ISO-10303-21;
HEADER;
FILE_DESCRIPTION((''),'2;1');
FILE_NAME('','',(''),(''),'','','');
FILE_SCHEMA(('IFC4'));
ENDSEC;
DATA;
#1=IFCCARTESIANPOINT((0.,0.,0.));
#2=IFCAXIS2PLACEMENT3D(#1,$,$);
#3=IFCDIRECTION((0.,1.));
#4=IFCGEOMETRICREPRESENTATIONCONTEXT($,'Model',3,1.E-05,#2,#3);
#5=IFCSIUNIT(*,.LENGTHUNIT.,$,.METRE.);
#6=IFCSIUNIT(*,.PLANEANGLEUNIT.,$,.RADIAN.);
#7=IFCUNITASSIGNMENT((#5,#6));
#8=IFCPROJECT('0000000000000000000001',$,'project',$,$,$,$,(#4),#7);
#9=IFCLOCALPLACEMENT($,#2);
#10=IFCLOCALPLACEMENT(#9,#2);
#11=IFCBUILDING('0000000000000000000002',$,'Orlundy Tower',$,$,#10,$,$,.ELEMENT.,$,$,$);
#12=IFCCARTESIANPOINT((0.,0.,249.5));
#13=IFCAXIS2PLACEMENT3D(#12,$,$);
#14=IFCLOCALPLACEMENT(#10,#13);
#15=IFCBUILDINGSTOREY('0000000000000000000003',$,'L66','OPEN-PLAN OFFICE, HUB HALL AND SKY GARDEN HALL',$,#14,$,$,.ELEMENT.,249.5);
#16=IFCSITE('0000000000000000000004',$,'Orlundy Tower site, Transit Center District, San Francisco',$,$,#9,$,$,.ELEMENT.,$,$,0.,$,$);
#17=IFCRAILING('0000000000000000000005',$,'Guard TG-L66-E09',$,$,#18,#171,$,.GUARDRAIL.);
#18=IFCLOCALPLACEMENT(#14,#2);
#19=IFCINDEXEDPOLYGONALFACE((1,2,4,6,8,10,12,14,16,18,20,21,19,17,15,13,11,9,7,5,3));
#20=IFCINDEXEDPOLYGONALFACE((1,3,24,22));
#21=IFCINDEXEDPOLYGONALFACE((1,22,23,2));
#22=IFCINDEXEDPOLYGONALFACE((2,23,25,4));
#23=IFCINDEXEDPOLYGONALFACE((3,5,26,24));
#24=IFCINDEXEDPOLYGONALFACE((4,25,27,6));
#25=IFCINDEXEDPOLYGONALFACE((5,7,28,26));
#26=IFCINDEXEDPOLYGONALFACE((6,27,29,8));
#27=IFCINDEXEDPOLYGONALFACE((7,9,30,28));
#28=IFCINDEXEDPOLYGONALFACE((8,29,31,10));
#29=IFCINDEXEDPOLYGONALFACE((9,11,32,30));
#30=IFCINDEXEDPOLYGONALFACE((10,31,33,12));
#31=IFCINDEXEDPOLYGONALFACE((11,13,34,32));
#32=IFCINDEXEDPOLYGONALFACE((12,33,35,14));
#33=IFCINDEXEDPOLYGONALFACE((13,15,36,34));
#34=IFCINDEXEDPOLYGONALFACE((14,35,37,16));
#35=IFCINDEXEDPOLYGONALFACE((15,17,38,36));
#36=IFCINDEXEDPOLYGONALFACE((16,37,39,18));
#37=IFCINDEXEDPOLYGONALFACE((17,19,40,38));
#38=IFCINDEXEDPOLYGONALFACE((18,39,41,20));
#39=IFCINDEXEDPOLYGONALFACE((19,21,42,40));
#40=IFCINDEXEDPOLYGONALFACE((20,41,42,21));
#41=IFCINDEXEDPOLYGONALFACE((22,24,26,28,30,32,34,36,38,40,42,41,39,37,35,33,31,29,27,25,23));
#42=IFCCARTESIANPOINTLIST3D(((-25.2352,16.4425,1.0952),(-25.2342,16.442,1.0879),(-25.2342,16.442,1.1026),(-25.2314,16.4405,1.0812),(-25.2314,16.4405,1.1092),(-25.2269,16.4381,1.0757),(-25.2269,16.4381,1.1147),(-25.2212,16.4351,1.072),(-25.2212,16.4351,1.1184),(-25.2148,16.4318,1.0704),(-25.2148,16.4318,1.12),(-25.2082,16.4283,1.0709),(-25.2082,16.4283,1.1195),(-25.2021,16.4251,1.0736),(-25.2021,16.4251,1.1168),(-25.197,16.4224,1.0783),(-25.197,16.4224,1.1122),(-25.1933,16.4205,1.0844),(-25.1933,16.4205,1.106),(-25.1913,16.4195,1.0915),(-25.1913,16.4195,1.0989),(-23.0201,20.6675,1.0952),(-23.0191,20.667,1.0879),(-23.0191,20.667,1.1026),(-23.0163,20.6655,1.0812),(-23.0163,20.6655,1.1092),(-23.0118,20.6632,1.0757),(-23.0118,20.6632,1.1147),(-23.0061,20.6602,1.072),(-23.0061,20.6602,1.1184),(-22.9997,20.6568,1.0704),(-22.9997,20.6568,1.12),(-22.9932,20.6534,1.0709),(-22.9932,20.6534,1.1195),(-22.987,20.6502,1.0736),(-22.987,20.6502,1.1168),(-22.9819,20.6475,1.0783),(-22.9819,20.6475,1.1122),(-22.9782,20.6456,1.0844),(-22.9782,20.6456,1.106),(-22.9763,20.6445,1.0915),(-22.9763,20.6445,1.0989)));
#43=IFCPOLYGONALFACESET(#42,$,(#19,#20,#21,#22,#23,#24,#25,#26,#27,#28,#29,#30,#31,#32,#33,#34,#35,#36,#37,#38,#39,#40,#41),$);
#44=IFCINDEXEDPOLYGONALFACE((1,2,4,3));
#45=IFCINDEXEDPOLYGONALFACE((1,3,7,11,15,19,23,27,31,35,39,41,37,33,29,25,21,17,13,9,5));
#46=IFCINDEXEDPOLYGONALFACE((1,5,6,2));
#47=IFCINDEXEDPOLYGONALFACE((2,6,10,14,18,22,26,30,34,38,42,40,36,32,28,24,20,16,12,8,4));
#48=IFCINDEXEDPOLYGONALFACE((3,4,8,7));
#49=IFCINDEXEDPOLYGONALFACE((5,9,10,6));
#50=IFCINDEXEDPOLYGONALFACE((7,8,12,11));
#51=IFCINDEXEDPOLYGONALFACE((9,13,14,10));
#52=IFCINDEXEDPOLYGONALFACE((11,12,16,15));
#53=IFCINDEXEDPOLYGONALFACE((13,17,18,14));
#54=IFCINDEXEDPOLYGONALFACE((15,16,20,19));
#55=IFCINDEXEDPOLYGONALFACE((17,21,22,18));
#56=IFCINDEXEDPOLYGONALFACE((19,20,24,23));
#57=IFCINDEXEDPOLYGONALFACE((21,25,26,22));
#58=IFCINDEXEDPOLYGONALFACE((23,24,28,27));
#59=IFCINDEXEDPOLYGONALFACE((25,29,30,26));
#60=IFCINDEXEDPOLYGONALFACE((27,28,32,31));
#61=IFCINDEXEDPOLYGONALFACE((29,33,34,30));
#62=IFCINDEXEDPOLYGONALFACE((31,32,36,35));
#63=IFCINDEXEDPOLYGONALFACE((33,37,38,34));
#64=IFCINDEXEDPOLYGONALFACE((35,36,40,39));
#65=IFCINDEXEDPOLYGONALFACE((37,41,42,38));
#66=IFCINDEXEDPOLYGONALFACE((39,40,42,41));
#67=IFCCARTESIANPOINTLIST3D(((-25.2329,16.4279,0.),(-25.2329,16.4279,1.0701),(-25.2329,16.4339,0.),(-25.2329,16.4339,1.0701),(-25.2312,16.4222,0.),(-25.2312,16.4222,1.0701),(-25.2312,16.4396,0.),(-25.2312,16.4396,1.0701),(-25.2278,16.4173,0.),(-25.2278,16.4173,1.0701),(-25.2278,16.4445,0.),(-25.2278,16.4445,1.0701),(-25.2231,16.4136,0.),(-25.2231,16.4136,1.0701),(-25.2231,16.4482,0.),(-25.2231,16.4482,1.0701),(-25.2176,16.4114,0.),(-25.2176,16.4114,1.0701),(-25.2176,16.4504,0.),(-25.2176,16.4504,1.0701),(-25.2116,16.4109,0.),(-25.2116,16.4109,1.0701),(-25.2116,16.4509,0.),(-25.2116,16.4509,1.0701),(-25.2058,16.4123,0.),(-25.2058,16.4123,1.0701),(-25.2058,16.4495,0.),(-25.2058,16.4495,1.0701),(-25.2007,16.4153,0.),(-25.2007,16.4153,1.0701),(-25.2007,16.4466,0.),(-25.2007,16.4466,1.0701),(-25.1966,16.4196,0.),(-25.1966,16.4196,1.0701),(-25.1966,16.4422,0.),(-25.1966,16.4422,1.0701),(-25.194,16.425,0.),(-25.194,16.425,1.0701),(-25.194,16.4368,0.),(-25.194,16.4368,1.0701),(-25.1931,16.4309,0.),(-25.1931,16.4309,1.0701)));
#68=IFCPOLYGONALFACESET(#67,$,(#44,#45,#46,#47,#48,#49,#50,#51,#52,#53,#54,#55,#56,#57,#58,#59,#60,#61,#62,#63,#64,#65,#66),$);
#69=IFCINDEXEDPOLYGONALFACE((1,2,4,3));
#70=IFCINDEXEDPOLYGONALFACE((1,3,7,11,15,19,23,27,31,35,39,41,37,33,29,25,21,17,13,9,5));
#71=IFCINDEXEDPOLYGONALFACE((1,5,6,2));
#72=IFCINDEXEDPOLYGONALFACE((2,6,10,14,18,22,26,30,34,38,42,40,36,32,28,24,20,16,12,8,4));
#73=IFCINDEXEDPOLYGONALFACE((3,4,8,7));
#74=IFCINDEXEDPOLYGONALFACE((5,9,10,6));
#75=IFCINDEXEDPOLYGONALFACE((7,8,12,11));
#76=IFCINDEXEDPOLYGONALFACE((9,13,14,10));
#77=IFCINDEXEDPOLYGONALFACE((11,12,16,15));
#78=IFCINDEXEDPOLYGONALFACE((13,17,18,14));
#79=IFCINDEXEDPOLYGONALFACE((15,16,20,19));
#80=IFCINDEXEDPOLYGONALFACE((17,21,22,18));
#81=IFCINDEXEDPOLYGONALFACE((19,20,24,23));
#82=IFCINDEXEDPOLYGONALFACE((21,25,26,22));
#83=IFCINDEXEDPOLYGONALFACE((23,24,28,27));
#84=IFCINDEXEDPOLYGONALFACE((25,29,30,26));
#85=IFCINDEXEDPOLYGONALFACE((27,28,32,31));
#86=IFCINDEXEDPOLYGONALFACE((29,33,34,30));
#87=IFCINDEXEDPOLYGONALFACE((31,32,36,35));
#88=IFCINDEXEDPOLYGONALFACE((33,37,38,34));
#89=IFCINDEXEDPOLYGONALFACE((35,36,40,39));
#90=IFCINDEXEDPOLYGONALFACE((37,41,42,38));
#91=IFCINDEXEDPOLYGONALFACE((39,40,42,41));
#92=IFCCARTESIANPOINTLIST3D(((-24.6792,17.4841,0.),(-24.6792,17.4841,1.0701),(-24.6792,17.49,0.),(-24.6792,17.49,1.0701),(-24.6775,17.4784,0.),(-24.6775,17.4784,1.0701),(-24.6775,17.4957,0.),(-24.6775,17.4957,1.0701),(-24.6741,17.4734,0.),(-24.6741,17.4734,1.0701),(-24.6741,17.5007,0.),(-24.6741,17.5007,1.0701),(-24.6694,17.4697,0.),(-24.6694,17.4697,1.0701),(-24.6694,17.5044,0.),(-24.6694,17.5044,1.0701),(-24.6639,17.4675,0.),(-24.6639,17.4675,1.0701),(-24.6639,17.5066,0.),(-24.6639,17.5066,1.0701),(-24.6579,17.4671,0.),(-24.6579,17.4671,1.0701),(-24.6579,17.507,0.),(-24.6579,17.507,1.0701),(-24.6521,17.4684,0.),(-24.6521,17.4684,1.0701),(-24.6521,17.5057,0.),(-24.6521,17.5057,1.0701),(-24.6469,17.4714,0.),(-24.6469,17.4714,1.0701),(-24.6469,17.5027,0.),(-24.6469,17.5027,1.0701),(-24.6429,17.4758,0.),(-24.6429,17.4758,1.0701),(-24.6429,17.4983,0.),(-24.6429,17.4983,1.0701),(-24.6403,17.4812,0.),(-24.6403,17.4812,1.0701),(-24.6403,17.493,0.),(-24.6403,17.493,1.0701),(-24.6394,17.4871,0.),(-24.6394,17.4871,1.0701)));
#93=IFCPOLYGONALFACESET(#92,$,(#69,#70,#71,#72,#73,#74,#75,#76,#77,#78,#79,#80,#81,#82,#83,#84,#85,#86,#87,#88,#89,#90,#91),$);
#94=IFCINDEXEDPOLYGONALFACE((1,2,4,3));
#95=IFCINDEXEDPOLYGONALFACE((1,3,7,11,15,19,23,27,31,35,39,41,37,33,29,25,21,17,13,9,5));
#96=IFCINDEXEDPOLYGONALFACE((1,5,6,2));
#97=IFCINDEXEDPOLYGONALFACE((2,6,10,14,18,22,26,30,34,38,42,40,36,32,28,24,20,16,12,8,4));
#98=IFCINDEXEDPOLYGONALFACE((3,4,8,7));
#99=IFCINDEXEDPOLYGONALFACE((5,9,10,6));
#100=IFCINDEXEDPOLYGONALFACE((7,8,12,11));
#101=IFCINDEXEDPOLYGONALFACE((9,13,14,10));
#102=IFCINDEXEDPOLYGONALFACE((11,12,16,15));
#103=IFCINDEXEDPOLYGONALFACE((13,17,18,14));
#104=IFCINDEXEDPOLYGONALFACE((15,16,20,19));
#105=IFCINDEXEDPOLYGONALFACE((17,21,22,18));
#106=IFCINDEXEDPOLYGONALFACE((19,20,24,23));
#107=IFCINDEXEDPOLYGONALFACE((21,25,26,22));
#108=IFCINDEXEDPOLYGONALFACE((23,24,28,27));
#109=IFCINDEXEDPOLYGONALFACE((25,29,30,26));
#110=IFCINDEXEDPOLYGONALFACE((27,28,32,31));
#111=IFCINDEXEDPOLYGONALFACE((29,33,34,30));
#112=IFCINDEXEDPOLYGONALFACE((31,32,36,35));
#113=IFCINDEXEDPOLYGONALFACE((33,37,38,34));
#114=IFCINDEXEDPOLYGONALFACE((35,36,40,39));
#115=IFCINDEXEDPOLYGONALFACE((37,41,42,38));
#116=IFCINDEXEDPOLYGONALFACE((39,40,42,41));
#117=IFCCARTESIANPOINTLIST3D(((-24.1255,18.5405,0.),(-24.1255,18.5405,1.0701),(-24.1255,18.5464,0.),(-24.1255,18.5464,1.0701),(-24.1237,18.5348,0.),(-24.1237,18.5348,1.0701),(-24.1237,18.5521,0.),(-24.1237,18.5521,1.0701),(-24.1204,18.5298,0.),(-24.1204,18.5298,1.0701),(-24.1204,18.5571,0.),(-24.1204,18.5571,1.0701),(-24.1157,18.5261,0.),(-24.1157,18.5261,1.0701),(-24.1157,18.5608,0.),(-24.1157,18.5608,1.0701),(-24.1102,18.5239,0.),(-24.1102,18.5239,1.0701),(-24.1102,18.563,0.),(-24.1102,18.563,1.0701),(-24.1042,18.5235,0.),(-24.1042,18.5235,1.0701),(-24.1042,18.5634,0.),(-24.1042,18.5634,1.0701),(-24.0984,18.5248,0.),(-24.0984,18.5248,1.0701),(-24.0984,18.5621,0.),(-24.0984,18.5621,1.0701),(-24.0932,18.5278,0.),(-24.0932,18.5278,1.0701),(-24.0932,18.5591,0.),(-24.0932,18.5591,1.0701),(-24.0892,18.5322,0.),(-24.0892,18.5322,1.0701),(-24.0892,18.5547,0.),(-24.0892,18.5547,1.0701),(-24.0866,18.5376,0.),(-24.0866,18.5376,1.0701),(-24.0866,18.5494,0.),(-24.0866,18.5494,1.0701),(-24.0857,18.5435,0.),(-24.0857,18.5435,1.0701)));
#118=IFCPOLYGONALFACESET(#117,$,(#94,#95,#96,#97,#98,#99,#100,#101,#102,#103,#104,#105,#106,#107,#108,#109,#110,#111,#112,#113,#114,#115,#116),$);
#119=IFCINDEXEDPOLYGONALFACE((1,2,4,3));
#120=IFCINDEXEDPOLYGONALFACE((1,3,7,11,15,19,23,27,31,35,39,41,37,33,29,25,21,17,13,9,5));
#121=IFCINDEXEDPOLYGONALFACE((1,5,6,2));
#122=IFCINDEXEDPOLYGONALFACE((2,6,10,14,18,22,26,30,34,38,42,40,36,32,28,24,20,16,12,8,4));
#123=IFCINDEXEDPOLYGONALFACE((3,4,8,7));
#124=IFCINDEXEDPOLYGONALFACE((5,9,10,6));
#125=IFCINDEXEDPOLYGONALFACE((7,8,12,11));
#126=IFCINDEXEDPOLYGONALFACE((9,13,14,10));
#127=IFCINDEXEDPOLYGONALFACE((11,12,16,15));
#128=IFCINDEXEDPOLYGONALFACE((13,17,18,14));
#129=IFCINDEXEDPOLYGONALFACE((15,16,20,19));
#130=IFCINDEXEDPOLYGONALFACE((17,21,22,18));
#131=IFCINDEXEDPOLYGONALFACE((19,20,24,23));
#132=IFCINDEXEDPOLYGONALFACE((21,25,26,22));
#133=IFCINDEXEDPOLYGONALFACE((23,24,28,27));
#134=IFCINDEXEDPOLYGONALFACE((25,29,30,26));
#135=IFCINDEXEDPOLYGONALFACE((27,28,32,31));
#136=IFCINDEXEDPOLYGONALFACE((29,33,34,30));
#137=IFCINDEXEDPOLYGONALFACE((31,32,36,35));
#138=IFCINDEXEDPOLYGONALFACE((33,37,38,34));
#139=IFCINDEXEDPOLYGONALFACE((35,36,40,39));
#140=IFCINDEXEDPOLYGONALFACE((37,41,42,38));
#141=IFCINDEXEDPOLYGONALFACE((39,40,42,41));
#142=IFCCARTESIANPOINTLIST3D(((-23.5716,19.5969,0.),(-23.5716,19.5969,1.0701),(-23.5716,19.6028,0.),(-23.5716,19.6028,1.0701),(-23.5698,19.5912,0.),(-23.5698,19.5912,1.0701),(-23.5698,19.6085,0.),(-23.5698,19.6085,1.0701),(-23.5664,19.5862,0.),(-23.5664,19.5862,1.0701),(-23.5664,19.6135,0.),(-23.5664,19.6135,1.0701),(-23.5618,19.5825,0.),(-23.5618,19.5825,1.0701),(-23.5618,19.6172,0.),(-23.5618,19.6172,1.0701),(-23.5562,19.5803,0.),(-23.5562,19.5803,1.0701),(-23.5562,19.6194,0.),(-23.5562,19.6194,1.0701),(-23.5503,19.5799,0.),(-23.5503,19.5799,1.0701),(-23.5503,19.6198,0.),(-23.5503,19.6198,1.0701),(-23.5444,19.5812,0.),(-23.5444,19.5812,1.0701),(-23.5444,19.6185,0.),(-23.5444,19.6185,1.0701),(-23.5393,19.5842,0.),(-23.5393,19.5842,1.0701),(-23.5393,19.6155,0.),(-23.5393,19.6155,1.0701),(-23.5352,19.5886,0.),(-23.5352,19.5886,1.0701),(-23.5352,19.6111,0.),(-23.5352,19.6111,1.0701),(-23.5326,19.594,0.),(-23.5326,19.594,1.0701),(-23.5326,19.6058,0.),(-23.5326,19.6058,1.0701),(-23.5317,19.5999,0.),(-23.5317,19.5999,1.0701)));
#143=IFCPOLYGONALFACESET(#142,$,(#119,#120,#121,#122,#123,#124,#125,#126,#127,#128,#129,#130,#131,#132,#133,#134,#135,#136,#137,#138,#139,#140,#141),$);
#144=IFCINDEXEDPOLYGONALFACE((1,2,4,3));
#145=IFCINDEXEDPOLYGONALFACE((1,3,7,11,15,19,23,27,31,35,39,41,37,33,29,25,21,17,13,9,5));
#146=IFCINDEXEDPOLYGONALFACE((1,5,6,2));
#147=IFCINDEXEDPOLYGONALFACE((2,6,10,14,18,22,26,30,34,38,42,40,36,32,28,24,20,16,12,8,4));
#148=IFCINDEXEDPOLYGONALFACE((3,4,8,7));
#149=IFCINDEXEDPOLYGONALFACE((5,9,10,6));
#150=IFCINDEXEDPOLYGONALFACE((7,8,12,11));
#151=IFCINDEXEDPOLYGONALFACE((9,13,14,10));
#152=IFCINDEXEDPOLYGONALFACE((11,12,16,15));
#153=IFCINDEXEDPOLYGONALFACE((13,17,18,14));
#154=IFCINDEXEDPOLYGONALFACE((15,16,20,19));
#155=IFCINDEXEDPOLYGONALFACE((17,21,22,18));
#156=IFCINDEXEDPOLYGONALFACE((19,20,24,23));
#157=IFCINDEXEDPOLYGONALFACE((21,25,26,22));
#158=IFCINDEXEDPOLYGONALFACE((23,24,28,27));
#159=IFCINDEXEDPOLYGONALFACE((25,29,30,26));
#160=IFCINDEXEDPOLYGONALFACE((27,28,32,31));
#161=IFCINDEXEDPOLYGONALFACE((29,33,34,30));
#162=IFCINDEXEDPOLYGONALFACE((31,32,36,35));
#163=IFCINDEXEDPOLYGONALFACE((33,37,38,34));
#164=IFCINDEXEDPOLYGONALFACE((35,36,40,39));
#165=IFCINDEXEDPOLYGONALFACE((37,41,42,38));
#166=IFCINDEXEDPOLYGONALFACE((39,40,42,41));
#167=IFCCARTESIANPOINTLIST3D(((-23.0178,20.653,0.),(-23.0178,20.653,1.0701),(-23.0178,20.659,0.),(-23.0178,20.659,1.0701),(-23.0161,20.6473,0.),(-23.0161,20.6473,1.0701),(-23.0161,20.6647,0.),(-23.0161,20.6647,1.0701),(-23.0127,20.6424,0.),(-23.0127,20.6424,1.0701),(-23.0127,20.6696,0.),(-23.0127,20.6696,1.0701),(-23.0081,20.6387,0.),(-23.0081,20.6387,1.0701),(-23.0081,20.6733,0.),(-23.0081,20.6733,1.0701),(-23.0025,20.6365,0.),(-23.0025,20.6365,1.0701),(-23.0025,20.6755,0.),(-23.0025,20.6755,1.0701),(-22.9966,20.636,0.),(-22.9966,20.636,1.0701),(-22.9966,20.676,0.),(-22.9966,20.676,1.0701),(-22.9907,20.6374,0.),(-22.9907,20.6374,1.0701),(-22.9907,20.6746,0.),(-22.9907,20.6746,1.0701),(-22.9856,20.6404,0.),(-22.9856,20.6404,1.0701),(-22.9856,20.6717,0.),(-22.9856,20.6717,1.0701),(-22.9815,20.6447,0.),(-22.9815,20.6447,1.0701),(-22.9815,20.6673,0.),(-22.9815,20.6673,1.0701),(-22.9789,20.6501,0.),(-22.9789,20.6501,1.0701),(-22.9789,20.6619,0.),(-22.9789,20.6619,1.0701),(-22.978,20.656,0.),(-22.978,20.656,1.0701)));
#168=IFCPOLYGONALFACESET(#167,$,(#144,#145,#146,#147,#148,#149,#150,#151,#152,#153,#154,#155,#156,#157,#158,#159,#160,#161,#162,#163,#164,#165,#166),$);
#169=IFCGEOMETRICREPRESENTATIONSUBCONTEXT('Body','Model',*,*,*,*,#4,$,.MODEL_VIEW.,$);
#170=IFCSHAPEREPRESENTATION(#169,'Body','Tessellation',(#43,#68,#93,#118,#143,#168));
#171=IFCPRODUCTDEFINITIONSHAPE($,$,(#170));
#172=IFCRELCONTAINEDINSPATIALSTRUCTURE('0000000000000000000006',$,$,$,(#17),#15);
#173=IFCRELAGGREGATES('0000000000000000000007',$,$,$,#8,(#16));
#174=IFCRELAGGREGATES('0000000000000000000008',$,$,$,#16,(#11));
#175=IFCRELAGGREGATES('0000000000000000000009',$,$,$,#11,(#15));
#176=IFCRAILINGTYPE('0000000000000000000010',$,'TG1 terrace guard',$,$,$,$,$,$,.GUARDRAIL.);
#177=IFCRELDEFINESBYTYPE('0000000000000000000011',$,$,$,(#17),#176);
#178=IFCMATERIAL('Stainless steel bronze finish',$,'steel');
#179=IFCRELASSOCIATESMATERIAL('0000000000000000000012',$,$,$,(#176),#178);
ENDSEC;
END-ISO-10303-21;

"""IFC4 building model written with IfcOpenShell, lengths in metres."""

from ifc_helpers import new_model, si_unit, direction, frame, origin, origin_2d, place, context, subcontext, project, spatial, circle, extrude, material, type_object, element, save


model = new_model("IFC4")

# Units and contexts
model_context = context("Model", 3, precision=1e-05, world=origin(), true_north=direction((0.0, 1.0)))
body_context = subcontext(model_context, "Body", "Model", "MODEL_VIEW")
ifc_project = project(units=[si_unit("LENGTHUNIT", "METRE"), si_unit("PLANEANGLEUNIT", "RADIAN")], contexts=[model_context])

# Site, building, storey
site_placement = place(None, origin())
site = spatial("IfcSite", under=ifc_project, at=site_placement, Name="Orlundy Tower site, Transit Center District, San Francisco", CompositionType="ELEMENT", RefElevation=0.0)
building_placement = place(site_placement, origin())
building = spatial("IfcBuilding", under=site, at=building_placement, Name="Orlundy Tower", CompositionType="ELEMENT")
storey_placement = place(building_placement, frame((0.0, 0.0, 249.5)))
storey = spatial("IfcBuildingStorey", under=building, at=storey_placement, Name="L66", Description="OPEN-PLAN OFFICE, HUB HALL AND SKY GARDEN HALL", CompositionType="ELEMENT", Elevation=249.5)

# Railing
ifc_material_1 = material(Name="Stainless steel bronze finish", Category="steel")
railing_type = type_object("IfcRailingType", Name="TG1 terrace guard", PredefinedType="GUARDRAIL", material=ifc_material_1)
railing_1_placement = place(storey_placement, frame((-25.2131, 16.4309, 0.0)))
element("IfcRailing", 1, at=railing_1_placement, inside=storey, type_object=railing_type, Name="Guard TG-L66-E09", PredefinedType="GUARDRAIL", context=body_context, shape_type="SweptSolid", body=[
    extrude(circle(Radius=0.0249, at=origin_2d()), frame((0.0, 0.0, 1.0952), z_axis=(0.464326, 0.885664, 0.0), x_axis=(-0.885664, 0.464326, 0.0)), (0.0, 0.0, 1.0), 4.7705),
    extrude(circle(Radius=0.02, at=origin_2d()), origin(), (0.0, 0.0, 1.0), 1.0701),
    extrude(circle(Radius=0.02, at=origin_2d()), frame((0.5537, 1.0562, 0.0)), (0.0, 0.0, 1.0), 1.0701),
    extrude(circle(Radius=0.02, at=origin_2d()), frame((1.1074, 2.1125, 0.0)), (0.0, 0.0, 1.0), 1.0701),
    extrude(circle(Radius=0.02, at=origin_2d()), frame((1.6614, 3.1689, 0.0)), (0.0, 0.0, 1.0), 1.0701),
    extrude(circle(Radius=0.02, at=origin_2d()), frame((2.2151, 4.2251, 0.0)), (0.0, 0.0, 1.0), 1.0701),
])

save(model, "model.ifc")
